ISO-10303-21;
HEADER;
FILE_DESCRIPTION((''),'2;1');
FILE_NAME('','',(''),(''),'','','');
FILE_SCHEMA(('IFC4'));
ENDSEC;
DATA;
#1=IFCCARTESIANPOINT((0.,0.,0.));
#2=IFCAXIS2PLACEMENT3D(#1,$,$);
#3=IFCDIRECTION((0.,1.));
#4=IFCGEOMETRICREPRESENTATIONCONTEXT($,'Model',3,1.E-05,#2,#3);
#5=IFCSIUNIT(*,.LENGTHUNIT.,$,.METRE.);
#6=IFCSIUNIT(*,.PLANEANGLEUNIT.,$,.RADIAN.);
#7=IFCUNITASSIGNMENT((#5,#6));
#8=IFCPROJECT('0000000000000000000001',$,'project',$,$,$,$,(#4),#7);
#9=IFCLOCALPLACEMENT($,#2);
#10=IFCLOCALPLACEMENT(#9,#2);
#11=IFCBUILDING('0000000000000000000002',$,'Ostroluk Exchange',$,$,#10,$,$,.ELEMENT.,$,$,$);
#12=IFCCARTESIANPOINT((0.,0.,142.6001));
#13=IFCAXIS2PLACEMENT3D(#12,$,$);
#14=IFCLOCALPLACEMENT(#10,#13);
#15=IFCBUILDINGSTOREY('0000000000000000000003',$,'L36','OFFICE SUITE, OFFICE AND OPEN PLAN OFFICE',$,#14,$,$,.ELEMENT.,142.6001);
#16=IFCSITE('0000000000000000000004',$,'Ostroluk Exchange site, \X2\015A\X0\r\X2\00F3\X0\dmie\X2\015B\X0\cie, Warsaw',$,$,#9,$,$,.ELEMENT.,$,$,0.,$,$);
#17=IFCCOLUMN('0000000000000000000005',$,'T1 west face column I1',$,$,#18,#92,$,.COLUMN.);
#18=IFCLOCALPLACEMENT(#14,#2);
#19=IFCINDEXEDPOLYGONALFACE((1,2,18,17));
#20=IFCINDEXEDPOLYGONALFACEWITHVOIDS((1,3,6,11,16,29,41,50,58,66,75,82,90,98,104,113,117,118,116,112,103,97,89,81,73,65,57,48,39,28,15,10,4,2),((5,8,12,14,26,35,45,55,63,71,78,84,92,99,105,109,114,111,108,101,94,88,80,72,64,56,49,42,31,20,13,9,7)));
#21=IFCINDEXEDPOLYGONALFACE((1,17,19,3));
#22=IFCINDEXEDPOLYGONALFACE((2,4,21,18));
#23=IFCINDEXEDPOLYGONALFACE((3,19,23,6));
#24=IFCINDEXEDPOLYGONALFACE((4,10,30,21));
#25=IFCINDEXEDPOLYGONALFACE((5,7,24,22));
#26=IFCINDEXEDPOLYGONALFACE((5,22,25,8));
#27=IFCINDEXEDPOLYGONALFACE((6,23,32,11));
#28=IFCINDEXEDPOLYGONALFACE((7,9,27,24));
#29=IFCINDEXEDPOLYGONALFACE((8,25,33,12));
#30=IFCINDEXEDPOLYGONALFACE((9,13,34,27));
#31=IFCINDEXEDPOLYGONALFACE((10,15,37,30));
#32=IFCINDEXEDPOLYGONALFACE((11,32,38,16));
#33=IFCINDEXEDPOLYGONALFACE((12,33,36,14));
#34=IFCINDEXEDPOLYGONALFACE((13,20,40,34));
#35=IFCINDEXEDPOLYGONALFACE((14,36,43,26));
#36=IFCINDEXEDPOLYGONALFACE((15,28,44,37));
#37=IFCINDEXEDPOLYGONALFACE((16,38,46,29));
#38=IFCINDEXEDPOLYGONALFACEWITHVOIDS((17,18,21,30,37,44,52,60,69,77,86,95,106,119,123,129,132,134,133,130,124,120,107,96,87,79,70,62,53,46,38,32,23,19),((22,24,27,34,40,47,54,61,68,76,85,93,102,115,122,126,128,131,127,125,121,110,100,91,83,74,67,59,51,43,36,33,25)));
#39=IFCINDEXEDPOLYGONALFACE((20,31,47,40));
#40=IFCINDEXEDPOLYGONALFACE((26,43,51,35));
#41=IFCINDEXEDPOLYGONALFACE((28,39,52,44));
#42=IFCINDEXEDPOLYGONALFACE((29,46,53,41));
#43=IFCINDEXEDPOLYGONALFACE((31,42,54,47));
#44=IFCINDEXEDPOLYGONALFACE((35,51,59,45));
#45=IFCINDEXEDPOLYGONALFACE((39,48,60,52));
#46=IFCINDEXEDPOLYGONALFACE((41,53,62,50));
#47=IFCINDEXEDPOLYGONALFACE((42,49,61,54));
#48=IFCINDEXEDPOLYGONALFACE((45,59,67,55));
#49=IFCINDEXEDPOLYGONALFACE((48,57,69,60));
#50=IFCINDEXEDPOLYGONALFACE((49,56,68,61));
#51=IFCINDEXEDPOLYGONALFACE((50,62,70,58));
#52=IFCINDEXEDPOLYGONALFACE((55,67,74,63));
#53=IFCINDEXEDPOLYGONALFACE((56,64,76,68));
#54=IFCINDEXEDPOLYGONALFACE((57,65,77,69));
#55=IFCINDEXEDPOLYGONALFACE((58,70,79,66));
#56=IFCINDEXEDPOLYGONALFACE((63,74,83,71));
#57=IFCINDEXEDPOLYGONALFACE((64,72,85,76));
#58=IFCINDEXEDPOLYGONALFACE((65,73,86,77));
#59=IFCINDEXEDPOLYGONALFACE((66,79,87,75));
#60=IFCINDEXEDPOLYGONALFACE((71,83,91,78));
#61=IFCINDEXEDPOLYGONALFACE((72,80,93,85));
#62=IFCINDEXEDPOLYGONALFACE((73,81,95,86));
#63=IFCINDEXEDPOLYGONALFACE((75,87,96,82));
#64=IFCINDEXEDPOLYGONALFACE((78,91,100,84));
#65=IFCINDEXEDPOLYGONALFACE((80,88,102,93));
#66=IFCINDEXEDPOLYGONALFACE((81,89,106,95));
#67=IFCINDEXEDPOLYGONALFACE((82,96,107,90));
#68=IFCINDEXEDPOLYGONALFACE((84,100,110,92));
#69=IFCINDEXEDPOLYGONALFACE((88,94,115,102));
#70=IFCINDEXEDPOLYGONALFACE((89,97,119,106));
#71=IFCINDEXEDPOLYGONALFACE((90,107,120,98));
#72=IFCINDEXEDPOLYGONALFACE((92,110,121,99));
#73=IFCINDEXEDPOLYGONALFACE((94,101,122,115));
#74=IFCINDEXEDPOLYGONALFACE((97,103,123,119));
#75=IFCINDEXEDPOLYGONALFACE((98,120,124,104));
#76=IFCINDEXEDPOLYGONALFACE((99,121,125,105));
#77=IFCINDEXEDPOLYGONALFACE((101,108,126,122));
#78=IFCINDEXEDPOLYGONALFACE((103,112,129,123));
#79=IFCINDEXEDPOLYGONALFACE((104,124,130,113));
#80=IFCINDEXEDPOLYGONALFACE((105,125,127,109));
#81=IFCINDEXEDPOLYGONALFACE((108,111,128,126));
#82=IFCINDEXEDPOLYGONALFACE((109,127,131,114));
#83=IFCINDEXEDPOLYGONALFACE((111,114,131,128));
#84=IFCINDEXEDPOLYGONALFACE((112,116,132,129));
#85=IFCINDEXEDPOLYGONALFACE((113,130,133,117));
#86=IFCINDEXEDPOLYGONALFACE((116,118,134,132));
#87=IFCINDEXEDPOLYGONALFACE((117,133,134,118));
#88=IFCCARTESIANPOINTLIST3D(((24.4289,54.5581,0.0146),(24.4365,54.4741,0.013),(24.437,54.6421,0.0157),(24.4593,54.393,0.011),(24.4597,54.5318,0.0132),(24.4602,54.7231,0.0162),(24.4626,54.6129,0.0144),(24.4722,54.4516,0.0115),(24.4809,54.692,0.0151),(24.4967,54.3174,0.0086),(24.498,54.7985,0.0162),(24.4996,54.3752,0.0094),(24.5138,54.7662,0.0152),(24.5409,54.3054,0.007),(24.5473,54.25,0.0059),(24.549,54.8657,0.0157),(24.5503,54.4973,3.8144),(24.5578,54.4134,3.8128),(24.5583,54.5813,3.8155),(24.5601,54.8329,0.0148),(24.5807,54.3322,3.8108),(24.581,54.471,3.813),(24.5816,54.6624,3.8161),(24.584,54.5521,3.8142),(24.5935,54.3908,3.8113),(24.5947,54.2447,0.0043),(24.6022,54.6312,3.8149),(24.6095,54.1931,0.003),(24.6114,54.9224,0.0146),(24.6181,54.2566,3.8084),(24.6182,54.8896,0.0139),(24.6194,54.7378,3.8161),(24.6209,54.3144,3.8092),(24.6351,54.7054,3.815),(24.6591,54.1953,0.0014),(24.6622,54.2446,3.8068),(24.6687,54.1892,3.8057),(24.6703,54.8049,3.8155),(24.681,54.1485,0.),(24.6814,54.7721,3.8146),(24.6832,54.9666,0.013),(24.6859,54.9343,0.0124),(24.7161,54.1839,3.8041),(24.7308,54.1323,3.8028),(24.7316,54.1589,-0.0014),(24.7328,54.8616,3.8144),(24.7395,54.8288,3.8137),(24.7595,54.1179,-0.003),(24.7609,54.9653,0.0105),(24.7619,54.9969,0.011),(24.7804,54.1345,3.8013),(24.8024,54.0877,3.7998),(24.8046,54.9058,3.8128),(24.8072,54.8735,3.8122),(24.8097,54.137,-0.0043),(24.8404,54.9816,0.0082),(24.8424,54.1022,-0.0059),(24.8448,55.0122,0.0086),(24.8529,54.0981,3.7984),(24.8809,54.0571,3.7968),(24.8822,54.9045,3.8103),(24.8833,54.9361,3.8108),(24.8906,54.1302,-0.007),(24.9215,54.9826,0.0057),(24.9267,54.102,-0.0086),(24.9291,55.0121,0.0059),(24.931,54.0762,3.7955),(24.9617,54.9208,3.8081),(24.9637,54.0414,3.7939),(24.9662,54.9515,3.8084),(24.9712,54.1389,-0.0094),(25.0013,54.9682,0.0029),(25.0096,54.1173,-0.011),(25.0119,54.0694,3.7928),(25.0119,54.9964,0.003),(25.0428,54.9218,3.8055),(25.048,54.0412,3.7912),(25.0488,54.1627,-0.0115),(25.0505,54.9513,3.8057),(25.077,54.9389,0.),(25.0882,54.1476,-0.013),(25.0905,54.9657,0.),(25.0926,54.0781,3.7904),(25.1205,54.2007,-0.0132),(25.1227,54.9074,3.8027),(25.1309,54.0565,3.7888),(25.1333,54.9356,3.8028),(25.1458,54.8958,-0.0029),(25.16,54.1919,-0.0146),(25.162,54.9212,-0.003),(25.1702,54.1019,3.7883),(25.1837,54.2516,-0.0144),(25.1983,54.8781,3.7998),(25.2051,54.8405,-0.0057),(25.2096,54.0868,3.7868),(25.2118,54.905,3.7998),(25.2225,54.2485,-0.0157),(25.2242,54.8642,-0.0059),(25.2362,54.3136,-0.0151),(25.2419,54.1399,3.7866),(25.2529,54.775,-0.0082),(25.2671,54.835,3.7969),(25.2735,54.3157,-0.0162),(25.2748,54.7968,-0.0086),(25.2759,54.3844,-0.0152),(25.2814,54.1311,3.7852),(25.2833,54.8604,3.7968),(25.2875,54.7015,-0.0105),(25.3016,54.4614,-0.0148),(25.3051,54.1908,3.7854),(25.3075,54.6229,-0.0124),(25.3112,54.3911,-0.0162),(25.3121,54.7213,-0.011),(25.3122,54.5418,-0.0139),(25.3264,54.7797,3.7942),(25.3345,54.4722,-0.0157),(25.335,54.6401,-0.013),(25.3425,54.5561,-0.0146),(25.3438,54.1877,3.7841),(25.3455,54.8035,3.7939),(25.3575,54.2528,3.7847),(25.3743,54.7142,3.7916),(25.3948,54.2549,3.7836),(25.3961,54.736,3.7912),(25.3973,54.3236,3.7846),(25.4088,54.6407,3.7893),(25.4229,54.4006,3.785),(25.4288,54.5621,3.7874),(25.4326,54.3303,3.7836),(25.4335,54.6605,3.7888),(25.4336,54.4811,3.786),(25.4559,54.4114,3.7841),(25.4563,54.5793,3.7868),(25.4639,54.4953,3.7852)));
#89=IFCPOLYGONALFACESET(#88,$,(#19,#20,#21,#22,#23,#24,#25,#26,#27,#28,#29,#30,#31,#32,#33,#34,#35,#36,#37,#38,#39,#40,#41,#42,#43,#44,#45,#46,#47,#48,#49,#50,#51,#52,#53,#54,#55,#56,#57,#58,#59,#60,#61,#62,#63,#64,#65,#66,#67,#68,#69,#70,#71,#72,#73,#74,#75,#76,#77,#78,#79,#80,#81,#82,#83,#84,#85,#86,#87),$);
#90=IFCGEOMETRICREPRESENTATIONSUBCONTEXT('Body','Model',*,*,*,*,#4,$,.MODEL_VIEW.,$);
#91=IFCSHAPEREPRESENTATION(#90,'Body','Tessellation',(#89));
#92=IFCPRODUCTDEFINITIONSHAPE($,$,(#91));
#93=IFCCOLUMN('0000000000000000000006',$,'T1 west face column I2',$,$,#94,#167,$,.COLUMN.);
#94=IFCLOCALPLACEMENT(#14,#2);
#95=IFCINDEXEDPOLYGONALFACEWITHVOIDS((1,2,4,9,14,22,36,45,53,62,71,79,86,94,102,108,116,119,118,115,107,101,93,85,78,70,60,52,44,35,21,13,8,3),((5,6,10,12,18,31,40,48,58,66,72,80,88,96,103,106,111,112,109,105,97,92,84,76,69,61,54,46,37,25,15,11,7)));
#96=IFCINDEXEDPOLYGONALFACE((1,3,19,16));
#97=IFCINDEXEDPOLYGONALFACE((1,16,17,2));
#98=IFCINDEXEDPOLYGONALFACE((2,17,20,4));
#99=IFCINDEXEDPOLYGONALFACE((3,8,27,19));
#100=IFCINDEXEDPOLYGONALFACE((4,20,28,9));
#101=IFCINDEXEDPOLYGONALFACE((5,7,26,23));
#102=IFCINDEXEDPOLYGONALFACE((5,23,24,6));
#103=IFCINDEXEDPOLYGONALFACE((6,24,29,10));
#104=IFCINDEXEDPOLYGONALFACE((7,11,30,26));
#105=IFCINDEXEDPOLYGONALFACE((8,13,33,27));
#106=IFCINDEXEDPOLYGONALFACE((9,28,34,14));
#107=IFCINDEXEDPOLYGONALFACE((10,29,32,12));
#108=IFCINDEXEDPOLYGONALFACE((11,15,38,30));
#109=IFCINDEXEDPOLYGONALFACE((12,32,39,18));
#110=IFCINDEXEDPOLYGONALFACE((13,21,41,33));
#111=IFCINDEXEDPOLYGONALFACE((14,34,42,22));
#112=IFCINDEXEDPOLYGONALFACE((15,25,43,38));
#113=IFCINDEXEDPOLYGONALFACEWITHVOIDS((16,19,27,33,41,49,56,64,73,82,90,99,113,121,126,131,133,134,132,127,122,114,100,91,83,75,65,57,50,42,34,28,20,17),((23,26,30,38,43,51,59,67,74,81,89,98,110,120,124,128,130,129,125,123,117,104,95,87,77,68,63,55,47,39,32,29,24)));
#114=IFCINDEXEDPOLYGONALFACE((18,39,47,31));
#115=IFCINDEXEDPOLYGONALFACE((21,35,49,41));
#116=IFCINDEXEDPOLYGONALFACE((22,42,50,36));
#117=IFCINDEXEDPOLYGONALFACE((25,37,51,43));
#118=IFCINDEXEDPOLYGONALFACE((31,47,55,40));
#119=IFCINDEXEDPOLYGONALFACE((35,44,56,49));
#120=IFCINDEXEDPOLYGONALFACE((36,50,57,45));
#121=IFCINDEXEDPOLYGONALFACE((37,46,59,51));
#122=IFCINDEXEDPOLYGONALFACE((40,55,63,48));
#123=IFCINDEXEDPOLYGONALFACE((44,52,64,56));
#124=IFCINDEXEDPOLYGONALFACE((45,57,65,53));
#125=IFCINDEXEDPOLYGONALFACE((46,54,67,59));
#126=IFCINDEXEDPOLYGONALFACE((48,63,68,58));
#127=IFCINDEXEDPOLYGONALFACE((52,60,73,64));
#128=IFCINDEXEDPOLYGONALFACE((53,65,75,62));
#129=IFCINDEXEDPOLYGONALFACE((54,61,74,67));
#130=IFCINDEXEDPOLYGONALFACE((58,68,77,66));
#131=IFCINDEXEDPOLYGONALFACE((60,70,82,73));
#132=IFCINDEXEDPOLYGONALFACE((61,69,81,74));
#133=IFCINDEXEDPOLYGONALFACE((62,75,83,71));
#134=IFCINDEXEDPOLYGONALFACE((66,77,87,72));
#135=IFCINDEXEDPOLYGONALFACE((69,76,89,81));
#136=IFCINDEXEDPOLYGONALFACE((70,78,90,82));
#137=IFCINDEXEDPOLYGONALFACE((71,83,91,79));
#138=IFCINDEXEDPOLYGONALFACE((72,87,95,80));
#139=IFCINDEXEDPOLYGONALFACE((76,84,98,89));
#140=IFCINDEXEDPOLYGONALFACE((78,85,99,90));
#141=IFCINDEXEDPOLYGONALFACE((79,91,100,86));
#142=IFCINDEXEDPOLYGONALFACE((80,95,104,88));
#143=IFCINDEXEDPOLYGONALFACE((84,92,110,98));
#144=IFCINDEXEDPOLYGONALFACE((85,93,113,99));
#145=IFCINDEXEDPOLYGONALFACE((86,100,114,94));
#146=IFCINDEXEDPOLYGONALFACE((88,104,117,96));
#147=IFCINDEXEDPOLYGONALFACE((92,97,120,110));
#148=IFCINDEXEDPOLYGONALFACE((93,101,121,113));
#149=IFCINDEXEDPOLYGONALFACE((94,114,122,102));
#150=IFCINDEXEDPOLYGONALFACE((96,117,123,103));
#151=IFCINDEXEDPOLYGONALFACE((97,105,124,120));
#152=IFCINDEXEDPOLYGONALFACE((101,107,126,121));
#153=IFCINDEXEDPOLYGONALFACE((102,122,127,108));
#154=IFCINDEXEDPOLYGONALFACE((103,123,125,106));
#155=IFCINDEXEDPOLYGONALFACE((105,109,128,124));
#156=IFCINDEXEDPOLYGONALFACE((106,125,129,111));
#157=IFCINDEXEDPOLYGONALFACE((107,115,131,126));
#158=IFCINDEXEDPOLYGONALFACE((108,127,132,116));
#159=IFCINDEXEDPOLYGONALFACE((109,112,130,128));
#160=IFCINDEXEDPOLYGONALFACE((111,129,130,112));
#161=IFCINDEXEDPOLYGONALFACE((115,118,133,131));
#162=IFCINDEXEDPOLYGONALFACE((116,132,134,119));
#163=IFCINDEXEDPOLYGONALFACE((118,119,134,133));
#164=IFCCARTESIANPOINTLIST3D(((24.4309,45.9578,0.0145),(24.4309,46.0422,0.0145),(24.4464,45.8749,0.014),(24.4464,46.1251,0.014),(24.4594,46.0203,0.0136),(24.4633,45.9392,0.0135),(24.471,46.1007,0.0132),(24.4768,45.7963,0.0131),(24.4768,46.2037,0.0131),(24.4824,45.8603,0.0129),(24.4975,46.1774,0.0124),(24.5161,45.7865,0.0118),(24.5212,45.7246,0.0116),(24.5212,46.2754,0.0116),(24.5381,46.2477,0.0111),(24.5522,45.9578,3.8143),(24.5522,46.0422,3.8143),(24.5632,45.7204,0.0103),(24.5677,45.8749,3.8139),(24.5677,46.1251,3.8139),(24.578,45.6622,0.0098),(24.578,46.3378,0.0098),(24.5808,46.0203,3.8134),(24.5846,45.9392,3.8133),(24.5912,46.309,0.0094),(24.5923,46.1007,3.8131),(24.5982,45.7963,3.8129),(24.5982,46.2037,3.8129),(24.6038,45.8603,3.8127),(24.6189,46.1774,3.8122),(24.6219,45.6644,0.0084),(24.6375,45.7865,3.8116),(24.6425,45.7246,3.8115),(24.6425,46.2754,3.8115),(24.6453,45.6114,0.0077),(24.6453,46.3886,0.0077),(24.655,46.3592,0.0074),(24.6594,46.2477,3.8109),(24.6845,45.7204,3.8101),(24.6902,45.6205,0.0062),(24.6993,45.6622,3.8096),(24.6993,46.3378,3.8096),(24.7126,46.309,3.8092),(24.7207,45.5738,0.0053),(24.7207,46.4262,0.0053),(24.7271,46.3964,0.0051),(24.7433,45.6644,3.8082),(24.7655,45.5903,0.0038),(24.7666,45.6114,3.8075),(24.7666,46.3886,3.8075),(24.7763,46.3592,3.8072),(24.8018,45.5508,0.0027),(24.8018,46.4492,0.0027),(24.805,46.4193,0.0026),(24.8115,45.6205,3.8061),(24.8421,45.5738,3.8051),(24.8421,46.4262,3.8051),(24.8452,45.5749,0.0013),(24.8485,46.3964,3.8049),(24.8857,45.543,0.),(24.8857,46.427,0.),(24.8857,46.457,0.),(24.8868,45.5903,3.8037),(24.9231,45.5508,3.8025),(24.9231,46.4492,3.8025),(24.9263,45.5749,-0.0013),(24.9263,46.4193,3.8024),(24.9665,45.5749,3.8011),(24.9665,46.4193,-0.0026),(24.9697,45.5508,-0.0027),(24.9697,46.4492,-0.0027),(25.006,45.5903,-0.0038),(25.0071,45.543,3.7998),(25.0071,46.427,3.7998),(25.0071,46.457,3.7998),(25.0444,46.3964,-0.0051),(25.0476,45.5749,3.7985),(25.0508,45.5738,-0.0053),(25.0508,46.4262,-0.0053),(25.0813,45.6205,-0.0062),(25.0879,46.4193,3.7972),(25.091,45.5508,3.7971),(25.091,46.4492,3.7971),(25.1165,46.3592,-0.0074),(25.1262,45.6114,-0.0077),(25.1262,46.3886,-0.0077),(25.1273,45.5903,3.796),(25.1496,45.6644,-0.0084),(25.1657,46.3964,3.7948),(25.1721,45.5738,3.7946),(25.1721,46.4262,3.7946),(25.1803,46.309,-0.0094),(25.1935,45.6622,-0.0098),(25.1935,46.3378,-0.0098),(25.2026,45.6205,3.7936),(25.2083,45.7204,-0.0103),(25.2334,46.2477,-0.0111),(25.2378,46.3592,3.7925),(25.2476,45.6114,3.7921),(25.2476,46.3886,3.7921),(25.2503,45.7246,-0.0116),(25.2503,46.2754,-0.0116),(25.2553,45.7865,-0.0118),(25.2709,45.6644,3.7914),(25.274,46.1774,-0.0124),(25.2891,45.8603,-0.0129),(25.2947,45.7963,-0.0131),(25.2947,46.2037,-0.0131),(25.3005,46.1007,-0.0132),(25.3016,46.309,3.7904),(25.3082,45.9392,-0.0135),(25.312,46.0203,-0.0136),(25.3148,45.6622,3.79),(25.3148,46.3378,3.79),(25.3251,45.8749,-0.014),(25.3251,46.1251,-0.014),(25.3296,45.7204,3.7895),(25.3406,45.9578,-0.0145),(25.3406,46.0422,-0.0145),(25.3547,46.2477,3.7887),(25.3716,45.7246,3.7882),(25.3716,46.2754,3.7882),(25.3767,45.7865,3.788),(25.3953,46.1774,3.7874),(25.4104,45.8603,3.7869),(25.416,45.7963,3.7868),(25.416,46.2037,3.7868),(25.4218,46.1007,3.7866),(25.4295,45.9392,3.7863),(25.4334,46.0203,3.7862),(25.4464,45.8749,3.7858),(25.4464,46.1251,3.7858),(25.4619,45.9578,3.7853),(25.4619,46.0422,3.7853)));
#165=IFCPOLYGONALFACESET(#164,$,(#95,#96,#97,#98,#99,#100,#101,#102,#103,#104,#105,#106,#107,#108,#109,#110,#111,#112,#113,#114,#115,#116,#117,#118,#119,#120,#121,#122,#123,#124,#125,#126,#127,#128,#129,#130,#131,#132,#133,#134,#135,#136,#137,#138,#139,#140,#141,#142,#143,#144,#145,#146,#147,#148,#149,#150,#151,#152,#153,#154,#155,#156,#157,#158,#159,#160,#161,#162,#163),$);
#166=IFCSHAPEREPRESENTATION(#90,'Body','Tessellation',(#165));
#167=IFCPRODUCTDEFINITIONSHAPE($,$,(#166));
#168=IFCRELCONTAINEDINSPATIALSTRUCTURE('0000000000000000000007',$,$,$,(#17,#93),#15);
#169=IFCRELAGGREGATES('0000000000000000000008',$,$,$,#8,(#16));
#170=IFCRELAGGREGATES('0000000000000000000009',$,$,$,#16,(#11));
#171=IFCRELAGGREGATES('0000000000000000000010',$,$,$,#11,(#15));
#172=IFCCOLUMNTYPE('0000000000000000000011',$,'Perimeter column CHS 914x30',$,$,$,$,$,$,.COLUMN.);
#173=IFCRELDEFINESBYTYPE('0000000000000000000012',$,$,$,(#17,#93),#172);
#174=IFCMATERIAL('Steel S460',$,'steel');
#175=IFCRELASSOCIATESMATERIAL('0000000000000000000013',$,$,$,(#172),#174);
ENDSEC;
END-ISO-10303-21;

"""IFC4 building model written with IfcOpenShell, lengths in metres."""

from ifc_helpers import new_model, si_unit, direction, frame, origin, origin_2d, place, context, subcontext, project, spatial, hollow_circle, extrude, material, material_profile, profile_set, type_object, element, save


model = new_model("IFC4")

# Units and contexts
model_context = context("Model", 3, precision=1e-05, world=origin(), true_north=direction((0.0, 1.0)))
body_context = subcontext(model_context, "Body", "Model", "MODEL_VIEW")
ifc_project = project(units=[si_unit("LENGTHUNIT", "METRE"), si_unit("PLANEANGLEUNIT", "RADIAN")], contexts=[model_context])

# Site, building, storey
site_placement = place(None, origin())
site = spatial("IfcSite", under=ifc_project, at=site_placement, Name="Ostroluk Exchange site, Śródmieście, Warsaw", CompositionType="ELEMENT", RefElevation=0.0)
building_placement = place(site_placement, origin())
building = spatial("IfcBuilding", under=site, at=building_placement, Name="Ostroluk Exchange", CompositionType="ELEMENT")
storey_placement = place(building_placement, frame((0.0, 0.0, 142.6001)))
storey = spatial("IfcBuildingStorey", under=building, at=storey_placement, Name="L36", Description="OFFICE SUITE, OFFICE AND OPEN PLAN OFFICE", CompositionType="ELEMENT", Elevation=142.6001)

# Columns
ifc_material_1 = material(Name="Steel S460", Category="steel")
ifc_material_profile_1 = material_profile(ifc_material_1, hollow_circle(Radius=0.457, WallThickness=0.03, at=origin_2d()), Name="CHS 914x30")
ifc_profile_set_1 = profile_set([ifc_material_profile_1], Name="Steel S460")
column_type = type_object("IfcColumnType", Name="Perimeter column CHS 914x30", PredefinedType="COLUMN", material=ifc_profile_set_1)
column_1_placement = place(storey_placement, frame((24.8857, 54.5571, 0.0), z_axis=(0.031912, -0.015988, 0.999363), x_axis=(0.447933, 0.894067, 0.0)))
element("IfcColumn", 1, at=column_1_placement, inside=storey, type_object=column_type, Name="T1 west face column I1", PredefinedType="COLUMN", context=body_context, shape_type="SweptSolid", body=[
    extrude(hollow_circle(Radius=0.457, WallThickness=0.03, at=origin_2d()), origin(), (0.0, 0.0, 1.0), 3.8022),
])
column_2_placement = place(storey_placement, frame((24.8857, 46.0, 0.0), z_axis=(0.031916, 0.0, 0.999491), x_axis=(0.0, 1.0, 0.0)))
element("IfcColumn", 2, at=column_2_placement, inside=storey, type_object=column_type, Name="T1 west face column I2", PredefinedType="COLUMN", context=body_context, shape_type="SweptSolid", body=[
    extrude(hollow_circle(Radius=0.457, WallThickness=0.03, at=origin_2d()), origin(), (0.0, 0.0, 1.0), 3.8018),
])

save(model, "model.ifc")
